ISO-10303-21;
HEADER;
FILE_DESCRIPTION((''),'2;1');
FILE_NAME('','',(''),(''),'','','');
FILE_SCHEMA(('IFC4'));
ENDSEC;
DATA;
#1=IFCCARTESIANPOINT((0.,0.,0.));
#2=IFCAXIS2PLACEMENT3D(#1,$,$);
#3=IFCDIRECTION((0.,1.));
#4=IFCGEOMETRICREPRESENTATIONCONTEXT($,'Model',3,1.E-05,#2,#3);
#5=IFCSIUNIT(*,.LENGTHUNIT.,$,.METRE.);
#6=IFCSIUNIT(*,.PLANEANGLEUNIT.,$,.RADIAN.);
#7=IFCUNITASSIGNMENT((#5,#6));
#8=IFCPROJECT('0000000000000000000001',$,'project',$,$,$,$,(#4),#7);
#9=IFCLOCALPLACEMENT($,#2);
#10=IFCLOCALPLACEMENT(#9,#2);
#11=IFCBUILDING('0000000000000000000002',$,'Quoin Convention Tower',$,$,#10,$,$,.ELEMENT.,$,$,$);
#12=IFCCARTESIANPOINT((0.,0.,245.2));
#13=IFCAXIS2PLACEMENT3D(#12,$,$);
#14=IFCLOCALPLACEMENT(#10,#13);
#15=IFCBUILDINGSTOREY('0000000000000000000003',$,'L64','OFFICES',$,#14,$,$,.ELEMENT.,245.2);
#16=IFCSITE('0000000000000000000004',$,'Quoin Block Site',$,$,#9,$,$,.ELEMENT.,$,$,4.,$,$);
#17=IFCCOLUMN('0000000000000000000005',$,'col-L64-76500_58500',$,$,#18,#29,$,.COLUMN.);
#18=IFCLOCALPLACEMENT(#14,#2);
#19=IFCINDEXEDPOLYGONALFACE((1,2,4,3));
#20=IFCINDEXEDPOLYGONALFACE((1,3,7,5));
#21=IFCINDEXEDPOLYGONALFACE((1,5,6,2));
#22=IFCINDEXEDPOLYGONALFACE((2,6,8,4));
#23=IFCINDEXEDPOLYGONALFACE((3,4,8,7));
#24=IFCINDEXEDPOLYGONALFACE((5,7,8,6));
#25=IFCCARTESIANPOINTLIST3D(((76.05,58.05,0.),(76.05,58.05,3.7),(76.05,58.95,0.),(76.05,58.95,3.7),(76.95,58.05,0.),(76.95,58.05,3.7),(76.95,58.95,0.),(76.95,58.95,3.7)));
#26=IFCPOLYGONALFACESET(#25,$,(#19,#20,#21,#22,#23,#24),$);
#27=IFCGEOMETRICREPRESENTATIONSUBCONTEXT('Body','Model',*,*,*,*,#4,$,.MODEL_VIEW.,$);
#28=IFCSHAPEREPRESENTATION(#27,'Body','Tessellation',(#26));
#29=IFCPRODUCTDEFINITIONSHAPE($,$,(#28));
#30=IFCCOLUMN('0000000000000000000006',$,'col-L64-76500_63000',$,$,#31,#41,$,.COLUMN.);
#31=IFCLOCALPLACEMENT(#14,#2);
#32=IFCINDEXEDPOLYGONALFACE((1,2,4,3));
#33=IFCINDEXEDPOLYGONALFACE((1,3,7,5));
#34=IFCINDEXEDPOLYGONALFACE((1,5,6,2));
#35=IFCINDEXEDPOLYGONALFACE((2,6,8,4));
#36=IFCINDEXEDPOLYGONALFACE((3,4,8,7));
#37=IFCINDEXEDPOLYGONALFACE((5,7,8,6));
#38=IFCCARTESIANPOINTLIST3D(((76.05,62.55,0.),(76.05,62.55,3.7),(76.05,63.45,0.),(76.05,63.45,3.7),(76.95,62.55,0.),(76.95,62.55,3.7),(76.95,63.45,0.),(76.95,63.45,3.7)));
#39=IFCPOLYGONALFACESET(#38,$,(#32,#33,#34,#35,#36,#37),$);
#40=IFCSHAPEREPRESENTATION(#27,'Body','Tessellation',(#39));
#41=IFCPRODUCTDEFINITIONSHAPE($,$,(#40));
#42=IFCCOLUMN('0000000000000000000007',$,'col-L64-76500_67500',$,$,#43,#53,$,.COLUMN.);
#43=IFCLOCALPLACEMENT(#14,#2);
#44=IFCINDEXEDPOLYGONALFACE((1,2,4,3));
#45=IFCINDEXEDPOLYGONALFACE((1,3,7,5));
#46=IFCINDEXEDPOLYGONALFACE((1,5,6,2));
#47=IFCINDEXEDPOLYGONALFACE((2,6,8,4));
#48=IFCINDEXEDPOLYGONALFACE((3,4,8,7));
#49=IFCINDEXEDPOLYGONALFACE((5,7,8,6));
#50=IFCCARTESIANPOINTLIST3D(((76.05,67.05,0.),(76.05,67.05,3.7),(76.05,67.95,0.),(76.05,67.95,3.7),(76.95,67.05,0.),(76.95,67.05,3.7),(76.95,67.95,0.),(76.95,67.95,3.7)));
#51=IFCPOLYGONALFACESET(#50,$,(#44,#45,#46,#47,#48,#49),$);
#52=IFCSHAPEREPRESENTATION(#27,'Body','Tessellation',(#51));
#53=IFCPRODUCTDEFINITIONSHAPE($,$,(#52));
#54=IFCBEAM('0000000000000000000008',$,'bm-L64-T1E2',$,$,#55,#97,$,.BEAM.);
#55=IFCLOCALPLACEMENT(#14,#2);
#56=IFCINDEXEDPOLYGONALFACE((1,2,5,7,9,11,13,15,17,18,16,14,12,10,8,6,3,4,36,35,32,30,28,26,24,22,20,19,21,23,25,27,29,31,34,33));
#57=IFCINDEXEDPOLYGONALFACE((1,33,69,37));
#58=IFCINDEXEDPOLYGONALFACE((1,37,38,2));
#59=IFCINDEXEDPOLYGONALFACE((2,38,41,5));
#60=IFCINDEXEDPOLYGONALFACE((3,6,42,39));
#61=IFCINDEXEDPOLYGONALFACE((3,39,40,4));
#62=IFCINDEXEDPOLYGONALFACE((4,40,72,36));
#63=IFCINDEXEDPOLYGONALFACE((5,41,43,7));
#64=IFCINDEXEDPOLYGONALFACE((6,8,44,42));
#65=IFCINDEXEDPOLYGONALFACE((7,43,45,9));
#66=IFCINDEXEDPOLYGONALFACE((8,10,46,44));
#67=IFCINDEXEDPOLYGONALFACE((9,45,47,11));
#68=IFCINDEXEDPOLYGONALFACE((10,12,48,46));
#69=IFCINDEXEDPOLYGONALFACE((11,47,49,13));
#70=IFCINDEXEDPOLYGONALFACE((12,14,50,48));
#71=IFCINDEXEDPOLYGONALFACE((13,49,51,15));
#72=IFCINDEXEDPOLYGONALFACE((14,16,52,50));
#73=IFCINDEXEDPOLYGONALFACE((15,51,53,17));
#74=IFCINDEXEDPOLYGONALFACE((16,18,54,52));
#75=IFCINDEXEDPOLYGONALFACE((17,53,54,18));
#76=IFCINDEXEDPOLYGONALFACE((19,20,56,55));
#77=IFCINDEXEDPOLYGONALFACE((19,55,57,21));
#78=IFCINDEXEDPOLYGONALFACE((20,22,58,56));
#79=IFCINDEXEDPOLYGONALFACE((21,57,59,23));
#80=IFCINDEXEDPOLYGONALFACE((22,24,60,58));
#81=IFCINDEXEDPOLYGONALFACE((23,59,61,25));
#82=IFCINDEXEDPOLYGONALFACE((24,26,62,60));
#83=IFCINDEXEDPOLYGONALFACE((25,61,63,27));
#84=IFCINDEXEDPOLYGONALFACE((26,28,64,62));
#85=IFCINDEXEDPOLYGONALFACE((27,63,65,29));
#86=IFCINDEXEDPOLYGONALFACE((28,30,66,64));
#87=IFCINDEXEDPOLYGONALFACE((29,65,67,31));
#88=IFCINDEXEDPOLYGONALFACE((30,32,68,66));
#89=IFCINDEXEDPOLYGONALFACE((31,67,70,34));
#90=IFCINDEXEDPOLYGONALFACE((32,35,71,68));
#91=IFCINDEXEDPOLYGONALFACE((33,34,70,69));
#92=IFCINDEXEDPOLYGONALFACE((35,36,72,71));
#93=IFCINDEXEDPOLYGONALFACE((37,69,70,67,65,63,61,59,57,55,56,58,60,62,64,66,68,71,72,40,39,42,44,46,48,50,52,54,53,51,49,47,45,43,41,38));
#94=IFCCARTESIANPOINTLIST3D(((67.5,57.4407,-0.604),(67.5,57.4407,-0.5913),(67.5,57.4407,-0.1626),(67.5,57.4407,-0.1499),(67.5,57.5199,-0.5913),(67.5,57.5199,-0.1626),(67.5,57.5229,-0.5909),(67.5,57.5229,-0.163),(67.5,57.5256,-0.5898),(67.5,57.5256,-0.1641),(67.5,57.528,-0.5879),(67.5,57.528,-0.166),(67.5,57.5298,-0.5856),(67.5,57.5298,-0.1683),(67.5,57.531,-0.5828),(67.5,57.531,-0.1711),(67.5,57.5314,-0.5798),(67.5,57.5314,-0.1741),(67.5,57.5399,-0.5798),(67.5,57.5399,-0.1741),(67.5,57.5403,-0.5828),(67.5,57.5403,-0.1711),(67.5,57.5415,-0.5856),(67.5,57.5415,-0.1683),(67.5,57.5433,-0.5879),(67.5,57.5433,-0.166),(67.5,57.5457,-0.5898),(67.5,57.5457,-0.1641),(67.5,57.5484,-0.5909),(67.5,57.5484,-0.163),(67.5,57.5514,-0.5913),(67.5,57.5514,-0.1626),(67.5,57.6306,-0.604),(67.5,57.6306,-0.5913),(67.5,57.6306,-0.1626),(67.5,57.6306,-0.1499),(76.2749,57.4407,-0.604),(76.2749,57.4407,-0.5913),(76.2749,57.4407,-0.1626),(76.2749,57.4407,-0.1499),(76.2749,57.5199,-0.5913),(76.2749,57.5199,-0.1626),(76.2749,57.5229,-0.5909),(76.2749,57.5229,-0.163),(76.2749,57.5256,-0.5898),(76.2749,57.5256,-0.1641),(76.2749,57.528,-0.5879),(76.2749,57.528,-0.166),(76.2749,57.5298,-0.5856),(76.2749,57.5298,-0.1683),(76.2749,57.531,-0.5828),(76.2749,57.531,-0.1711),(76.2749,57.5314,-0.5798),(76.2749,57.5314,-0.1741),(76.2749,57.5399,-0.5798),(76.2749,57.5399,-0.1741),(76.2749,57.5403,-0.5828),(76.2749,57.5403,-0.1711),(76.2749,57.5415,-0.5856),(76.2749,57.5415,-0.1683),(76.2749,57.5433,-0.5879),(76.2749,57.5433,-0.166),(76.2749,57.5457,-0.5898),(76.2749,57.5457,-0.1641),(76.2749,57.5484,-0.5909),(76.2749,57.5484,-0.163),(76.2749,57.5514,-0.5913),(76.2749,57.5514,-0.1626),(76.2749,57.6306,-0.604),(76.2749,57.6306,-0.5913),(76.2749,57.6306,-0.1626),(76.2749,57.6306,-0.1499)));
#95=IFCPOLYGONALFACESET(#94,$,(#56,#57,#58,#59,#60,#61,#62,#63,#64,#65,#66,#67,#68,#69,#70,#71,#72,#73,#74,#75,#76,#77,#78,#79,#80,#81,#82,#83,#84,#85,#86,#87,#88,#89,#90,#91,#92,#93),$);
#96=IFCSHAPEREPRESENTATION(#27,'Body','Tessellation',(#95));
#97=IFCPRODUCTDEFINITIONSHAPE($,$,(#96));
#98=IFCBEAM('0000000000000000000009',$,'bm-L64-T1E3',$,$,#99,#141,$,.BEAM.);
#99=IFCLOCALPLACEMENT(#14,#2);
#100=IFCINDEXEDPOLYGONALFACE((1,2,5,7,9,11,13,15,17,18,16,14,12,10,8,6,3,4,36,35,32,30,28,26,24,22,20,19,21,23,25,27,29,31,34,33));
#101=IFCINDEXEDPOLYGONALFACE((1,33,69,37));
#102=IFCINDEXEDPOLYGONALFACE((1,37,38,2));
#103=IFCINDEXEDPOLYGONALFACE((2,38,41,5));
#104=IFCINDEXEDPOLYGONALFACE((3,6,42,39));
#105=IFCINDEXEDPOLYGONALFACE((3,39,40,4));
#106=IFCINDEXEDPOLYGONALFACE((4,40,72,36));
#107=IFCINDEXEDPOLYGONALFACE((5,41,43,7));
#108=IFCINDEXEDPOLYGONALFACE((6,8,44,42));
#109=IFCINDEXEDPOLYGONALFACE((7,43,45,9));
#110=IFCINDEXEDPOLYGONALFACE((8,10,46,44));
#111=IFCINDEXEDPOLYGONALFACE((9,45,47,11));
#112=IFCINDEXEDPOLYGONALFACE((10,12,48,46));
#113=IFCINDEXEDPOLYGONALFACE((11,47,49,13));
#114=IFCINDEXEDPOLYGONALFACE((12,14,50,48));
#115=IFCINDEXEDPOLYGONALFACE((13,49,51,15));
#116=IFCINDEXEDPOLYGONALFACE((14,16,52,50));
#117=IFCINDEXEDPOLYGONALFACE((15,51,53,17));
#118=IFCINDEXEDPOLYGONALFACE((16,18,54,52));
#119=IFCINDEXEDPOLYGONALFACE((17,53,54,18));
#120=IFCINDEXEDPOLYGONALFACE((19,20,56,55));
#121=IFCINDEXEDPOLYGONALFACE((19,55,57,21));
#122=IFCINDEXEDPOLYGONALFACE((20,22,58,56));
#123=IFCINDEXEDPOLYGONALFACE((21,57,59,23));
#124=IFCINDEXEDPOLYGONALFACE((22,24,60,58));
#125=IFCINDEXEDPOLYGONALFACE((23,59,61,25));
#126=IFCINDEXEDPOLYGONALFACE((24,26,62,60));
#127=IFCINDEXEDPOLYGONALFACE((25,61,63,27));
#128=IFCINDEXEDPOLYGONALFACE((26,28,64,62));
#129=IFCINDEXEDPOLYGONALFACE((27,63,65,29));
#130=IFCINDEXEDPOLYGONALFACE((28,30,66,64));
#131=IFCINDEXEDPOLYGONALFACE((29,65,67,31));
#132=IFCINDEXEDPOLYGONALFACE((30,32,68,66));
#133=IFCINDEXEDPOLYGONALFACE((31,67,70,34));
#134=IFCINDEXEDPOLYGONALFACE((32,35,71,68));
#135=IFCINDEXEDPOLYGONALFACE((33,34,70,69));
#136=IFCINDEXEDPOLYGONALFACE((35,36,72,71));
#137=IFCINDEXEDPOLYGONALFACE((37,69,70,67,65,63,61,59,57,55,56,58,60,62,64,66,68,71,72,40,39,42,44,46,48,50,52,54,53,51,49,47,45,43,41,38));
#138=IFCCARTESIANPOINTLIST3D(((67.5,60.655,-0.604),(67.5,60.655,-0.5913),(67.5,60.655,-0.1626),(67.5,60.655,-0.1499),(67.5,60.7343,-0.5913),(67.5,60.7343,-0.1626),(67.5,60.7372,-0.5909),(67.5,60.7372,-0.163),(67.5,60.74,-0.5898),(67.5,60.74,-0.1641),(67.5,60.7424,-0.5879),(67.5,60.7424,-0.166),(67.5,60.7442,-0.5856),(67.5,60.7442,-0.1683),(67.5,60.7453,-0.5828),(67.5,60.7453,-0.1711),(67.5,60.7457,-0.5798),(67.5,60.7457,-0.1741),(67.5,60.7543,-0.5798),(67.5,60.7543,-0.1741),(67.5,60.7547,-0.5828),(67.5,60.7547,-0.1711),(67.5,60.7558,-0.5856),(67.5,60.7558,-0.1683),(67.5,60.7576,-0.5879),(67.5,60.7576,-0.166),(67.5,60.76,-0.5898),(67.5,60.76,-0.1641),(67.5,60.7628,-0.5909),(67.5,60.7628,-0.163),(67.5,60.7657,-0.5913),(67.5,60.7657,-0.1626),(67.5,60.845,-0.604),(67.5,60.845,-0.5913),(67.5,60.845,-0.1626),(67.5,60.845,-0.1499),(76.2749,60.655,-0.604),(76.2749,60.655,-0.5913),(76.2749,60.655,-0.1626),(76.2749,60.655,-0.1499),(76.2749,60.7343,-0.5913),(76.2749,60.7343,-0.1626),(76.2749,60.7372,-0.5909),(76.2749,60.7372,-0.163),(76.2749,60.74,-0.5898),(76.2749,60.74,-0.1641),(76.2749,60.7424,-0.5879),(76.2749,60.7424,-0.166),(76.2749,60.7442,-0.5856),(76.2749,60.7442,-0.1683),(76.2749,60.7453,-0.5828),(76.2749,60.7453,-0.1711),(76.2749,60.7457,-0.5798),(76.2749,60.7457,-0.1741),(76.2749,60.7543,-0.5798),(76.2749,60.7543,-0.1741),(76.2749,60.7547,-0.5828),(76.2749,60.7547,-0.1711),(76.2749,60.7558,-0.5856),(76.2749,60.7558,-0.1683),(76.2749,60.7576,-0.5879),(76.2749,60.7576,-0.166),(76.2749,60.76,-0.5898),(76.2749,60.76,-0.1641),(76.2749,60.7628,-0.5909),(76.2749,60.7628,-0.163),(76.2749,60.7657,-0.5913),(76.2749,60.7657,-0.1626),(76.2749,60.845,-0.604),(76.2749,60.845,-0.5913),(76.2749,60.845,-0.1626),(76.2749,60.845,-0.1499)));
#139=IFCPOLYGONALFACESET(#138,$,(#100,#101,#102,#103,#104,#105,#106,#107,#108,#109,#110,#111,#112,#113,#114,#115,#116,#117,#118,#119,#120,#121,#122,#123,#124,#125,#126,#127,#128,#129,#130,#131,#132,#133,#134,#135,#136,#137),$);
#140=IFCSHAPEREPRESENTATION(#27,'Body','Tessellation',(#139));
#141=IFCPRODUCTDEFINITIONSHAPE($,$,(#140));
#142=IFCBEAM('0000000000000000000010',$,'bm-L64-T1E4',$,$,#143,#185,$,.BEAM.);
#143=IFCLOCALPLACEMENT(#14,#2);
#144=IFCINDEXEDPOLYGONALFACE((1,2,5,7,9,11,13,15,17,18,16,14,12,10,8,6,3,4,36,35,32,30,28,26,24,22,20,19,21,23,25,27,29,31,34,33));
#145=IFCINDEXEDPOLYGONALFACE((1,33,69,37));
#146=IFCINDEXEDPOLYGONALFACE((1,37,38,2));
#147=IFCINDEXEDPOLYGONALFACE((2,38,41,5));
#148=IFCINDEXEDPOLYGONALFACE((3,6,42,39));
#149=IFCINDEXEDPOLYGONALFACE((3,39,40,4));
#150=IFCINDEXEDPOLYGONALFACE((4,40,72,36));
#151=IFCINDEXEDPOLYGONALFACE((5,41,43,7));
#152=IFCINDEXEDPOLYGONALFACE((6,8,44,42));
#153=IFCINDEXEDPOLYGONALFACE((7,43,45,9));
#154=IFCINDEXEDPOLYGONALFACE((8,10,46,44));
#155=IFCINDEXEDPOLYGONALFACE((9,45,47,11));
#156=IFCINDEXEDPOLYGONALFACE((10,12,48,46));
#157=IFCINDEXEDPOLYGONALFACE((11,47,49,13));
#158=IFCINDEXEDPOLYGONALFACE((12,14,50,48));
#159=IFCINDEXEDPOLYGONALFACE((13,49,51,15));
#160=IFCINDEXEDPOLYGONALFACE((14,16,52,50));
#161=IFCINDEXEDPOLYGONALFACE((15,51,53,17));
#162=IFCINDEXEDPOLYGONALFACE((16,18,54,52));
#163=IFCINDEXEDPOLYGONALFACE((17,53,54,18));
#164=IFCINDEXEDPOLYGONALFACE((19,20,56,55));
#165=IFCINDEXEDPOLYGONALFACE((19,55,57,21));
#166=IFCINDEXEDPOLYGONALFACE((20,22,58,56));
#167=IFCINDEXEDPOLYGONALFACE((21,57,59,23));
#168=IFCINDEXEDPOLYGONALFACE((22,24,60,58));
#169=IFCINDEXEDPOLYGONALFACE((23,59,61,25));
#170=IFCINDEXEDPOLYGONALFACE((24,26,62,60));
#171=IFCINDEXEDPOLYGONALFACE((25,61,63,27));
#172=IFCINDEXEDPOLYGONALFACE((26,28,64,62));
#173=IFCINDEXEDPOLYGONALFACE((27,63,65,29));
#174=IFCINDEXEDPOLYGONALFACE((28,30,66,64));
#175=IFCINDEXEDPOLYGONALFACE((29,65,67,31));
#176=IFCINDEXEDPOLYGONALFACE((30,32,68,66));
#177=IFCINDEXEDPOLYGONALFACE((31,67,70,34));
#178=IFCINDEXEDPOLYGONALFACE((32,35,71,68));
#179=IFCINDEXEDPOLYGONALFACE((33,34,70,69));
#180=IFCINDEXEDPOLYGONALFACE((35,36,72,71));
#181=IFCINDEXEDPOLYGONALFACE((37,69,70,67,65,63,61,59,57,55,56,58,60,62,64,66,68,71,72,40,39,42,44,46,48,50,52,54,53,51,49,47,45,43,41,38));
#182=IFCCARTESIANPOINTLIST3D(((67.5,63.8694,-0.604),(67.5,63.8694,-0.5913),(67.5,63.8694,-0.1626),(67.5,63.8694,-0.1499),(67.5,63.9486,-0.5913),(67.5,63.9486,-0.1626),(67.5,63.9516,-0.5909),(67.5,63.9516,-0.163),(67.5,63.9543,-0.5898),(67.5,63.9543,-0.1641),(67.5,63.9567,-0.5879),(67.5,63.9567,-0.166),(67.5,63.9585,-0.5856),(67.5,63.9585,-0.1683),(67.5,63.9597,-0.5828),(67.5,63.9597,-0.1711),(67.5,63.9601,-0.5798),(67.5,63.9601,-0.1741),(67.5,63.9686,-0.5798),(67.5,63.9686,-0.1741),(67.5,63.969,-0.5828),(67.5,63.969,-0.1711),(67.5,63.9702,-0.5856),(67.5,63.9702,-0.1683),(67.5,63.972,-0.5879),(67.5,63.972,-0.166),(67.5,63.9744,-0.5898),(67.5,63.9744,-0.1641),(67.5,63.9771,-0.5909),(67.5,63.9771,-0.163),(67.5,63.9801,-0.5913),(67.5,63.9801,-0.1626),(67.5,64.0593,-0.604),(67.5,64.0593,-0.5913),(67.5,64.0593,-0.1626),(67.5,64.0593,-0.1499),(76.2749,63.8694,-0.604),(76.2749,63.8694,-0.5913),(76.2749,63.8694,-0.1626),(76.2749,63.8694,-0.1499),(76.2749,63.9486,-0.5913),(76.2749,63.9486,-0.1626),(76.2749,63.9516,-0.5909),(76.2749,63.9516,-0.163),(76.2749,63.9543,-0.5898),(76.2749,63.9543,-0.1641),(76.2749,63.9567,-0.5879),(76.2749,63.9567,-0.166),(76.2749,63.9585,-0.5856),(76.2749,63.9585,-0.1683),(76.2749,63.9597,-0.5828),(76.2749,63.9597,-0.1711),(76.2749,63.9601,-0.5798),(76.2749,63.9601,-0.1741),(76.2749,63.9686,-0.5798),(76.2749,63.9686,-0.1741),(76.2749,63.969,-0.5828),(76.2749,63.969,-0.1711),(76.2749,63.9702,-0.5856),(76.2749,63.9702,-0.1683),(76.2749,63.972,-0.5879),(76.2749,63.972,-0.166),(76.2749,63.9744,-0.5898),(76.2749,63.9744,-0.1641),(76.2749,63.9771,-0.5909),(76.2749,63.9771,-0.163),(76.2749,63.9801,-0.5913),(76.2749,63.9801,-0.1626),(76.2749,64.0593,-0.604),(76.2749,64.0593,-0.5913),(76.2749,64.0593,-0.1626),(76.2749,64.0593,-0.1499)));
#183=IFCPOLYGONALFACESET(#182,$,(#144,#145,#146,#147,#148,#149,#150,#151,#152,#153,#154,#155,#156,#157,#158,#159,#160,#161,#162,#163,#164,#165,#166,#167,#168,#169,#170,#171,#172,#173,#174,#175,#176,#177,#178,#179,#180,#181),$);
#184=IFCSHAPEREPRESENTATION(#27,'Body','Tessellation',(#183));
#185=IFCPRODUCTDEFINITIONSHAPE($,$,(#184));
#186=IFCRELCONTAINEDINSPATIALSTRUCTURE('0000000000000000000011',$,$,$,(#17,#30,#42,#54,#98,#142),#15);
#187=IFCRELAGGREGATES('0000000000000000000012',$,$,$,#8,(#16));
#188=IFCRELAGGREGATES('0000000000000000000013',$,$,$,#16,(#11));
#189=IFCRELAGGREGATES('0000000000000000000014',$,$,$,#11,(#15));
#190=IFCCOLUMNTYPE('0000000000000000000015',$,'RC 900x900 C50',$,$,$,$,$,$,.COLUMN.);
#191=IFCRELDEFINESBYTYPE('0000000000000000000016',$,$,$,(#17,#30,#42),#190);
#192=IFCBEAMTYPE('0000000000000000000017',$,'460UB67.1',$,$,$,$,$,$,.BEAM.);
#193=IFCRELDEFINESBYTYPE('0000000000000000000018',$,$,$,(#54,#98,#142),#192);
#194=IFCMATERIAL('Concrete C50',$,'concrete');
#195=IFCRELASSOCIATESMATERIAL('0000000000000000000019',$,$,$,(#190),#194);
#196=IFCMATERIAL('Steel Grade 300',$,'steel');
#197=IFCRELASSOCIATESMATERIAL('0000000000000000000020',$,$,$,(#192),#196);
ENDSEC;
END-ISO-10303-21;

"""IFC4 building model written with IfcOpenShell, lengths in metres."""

from ifc_helpers import new_model, si_unit, direction, frame, origin, origin_2d, place, context, subcontext, project, spatial, rectangle, i_section, extrude, material, material_profile, profile_set, type_object, element, save


model = new_model("IFC4")

# Units and contexts
model_context = context("Model", 3, precision=1e-05, world=origin(), true_north=direction((0.0, 1.0)))
body_context = subcontext(model_context, "Body", "Model", "MODEL_VIEW")
ifc_project = project(units=[si_unit("LENGTHUNIT", "METRE"), si_unit("PLANEANGLEUNIT", "RADIAN")], contexts=[model_context])

# Site, building, storey
site_placement = place(None, origin())
site = spatial("IfcSite", under=ifc_project, at=site_placement, Name="Quoin Block Site", CompositionType="ELEMENT", RefElevation=4.0)
building_placement = place(site_placement, origin())
building = spatial("IfcBuilding", under=site, at=building_placement, Name="Quoin Convention Tower", CompositionType="ELEMENT")
storey_placement = place(building_placement, frame((0.0, 0.0, 245.2)))
storey = spatial("IfcBuildingStorey", under=building, at=storey_placement, Name="L64", Description="OFFICES", CompositionType="ELEMENT", Elevation=245.2)

# Columns
ifc_material_1 = material(Name="Concrete C50", Category="concrete")
ifc_material_profile_1 = material_profile(ifc_material_1, rectangle(XDim=0.8999, YDim=0.8999, at=origin_2d()), Name="RC 900x900")
ifc_profile_set_1 = profile_set([ifc_material_profile_1], Name="Concrete C50")
column_type = type_object("IfcColumnType", Name="RC 900x900 C50", PredefinedType="COLUMN", material=ifc_profile_set_1)
for number, where, z_axis, x_axis, name in (
    (1, (76.5, 58.5, 0.0), (0.0, 0.0, 1.0), (1.0, 0.0, 0.0), "col-L64-76500_58500"),
    (2, (76.5, 63.0, 0.0), (0.0, 0.0, 1.0), (1.0, 0.0, 0.0), "col-L64-76500_63000"),
    (3, (76.5, 67.5, 0.0), (0.0, 0.0, 1.0), (1.0, 0.0, 0.0), "col-L64-76500_67500"),
):
    element("IfcColumn", number, at=place(storey_placement, frame(where, z_axis=z_axis, x_axis=x_axis)), inside=storey, type_object=column_type, Name=name, PredefinedType="COLUMN", context=body_context, shape_type="SweptSolid", body=[
        extrude(rectangle(XDim=0.8999, YDim=0.8999, at=origin_2d()), origin(), (0.0, 0.0, 1.0), 3.7),
    ])

# Beams
ifc_material_2 = material(Name="Steel Grade 300", Category="steel")
ifc_material_profile_2 = material_profile(ifc_material_2, i_section(OverallWidth=0.1899, OverallDepth=0.4541, WebThickness=0.0085, FlangeThickness=0.0127, FilletRadius=0.0115, at=origin_2d()), Name="460UB67.1")
ifc_profile_set_2 = profile_set([ifc_material_profile_2], Name="Steel Grade 300")
beam_type_1 = type_object("IfcBeamType", Name="460UB67.1", PredefinedType="BEAM", material=ifc_profile_set_2)
for number, where, z_axis, x_axis, name in (
    (4, (67.5, 57.5356, -0.377), (1.0, 0.0, 0.0), (0.0, 1.0, 0.0), "bm-L64-T1E2"),
    (5, (67.5, 60.75, -0.377), (1.0, 0.0, 0.0), (0.0, 1.0, 0.0), "bm-L64-T1E3"),
    (6, (67.5, 63.9644, -0.377), (1.0, 0.0, 0.0), (0.0, 1.0, 0.0), "bm-L64-T1E4"),
):
    element("IfcBeam", number, at=place(storey_placement, frame(where, z_axis=z_axis, x_axis=x_axis)), inside=storey, type_object=beam_type_1, Name=name, PredefinedType="BEAM", context=body_context, shape_type="SweptSolid", body=[
        extrude(i_section(OverallWidth=0.1899, OverallDepth=0.4541, WebThickness=0.0085, FlangeThickness=0.0127, FilletRadius=0.0115, at=origin_2d()), origin(), (0.0, 0.0, 1.0), 8.7749),
    ])

save(model, "model.ifc")
